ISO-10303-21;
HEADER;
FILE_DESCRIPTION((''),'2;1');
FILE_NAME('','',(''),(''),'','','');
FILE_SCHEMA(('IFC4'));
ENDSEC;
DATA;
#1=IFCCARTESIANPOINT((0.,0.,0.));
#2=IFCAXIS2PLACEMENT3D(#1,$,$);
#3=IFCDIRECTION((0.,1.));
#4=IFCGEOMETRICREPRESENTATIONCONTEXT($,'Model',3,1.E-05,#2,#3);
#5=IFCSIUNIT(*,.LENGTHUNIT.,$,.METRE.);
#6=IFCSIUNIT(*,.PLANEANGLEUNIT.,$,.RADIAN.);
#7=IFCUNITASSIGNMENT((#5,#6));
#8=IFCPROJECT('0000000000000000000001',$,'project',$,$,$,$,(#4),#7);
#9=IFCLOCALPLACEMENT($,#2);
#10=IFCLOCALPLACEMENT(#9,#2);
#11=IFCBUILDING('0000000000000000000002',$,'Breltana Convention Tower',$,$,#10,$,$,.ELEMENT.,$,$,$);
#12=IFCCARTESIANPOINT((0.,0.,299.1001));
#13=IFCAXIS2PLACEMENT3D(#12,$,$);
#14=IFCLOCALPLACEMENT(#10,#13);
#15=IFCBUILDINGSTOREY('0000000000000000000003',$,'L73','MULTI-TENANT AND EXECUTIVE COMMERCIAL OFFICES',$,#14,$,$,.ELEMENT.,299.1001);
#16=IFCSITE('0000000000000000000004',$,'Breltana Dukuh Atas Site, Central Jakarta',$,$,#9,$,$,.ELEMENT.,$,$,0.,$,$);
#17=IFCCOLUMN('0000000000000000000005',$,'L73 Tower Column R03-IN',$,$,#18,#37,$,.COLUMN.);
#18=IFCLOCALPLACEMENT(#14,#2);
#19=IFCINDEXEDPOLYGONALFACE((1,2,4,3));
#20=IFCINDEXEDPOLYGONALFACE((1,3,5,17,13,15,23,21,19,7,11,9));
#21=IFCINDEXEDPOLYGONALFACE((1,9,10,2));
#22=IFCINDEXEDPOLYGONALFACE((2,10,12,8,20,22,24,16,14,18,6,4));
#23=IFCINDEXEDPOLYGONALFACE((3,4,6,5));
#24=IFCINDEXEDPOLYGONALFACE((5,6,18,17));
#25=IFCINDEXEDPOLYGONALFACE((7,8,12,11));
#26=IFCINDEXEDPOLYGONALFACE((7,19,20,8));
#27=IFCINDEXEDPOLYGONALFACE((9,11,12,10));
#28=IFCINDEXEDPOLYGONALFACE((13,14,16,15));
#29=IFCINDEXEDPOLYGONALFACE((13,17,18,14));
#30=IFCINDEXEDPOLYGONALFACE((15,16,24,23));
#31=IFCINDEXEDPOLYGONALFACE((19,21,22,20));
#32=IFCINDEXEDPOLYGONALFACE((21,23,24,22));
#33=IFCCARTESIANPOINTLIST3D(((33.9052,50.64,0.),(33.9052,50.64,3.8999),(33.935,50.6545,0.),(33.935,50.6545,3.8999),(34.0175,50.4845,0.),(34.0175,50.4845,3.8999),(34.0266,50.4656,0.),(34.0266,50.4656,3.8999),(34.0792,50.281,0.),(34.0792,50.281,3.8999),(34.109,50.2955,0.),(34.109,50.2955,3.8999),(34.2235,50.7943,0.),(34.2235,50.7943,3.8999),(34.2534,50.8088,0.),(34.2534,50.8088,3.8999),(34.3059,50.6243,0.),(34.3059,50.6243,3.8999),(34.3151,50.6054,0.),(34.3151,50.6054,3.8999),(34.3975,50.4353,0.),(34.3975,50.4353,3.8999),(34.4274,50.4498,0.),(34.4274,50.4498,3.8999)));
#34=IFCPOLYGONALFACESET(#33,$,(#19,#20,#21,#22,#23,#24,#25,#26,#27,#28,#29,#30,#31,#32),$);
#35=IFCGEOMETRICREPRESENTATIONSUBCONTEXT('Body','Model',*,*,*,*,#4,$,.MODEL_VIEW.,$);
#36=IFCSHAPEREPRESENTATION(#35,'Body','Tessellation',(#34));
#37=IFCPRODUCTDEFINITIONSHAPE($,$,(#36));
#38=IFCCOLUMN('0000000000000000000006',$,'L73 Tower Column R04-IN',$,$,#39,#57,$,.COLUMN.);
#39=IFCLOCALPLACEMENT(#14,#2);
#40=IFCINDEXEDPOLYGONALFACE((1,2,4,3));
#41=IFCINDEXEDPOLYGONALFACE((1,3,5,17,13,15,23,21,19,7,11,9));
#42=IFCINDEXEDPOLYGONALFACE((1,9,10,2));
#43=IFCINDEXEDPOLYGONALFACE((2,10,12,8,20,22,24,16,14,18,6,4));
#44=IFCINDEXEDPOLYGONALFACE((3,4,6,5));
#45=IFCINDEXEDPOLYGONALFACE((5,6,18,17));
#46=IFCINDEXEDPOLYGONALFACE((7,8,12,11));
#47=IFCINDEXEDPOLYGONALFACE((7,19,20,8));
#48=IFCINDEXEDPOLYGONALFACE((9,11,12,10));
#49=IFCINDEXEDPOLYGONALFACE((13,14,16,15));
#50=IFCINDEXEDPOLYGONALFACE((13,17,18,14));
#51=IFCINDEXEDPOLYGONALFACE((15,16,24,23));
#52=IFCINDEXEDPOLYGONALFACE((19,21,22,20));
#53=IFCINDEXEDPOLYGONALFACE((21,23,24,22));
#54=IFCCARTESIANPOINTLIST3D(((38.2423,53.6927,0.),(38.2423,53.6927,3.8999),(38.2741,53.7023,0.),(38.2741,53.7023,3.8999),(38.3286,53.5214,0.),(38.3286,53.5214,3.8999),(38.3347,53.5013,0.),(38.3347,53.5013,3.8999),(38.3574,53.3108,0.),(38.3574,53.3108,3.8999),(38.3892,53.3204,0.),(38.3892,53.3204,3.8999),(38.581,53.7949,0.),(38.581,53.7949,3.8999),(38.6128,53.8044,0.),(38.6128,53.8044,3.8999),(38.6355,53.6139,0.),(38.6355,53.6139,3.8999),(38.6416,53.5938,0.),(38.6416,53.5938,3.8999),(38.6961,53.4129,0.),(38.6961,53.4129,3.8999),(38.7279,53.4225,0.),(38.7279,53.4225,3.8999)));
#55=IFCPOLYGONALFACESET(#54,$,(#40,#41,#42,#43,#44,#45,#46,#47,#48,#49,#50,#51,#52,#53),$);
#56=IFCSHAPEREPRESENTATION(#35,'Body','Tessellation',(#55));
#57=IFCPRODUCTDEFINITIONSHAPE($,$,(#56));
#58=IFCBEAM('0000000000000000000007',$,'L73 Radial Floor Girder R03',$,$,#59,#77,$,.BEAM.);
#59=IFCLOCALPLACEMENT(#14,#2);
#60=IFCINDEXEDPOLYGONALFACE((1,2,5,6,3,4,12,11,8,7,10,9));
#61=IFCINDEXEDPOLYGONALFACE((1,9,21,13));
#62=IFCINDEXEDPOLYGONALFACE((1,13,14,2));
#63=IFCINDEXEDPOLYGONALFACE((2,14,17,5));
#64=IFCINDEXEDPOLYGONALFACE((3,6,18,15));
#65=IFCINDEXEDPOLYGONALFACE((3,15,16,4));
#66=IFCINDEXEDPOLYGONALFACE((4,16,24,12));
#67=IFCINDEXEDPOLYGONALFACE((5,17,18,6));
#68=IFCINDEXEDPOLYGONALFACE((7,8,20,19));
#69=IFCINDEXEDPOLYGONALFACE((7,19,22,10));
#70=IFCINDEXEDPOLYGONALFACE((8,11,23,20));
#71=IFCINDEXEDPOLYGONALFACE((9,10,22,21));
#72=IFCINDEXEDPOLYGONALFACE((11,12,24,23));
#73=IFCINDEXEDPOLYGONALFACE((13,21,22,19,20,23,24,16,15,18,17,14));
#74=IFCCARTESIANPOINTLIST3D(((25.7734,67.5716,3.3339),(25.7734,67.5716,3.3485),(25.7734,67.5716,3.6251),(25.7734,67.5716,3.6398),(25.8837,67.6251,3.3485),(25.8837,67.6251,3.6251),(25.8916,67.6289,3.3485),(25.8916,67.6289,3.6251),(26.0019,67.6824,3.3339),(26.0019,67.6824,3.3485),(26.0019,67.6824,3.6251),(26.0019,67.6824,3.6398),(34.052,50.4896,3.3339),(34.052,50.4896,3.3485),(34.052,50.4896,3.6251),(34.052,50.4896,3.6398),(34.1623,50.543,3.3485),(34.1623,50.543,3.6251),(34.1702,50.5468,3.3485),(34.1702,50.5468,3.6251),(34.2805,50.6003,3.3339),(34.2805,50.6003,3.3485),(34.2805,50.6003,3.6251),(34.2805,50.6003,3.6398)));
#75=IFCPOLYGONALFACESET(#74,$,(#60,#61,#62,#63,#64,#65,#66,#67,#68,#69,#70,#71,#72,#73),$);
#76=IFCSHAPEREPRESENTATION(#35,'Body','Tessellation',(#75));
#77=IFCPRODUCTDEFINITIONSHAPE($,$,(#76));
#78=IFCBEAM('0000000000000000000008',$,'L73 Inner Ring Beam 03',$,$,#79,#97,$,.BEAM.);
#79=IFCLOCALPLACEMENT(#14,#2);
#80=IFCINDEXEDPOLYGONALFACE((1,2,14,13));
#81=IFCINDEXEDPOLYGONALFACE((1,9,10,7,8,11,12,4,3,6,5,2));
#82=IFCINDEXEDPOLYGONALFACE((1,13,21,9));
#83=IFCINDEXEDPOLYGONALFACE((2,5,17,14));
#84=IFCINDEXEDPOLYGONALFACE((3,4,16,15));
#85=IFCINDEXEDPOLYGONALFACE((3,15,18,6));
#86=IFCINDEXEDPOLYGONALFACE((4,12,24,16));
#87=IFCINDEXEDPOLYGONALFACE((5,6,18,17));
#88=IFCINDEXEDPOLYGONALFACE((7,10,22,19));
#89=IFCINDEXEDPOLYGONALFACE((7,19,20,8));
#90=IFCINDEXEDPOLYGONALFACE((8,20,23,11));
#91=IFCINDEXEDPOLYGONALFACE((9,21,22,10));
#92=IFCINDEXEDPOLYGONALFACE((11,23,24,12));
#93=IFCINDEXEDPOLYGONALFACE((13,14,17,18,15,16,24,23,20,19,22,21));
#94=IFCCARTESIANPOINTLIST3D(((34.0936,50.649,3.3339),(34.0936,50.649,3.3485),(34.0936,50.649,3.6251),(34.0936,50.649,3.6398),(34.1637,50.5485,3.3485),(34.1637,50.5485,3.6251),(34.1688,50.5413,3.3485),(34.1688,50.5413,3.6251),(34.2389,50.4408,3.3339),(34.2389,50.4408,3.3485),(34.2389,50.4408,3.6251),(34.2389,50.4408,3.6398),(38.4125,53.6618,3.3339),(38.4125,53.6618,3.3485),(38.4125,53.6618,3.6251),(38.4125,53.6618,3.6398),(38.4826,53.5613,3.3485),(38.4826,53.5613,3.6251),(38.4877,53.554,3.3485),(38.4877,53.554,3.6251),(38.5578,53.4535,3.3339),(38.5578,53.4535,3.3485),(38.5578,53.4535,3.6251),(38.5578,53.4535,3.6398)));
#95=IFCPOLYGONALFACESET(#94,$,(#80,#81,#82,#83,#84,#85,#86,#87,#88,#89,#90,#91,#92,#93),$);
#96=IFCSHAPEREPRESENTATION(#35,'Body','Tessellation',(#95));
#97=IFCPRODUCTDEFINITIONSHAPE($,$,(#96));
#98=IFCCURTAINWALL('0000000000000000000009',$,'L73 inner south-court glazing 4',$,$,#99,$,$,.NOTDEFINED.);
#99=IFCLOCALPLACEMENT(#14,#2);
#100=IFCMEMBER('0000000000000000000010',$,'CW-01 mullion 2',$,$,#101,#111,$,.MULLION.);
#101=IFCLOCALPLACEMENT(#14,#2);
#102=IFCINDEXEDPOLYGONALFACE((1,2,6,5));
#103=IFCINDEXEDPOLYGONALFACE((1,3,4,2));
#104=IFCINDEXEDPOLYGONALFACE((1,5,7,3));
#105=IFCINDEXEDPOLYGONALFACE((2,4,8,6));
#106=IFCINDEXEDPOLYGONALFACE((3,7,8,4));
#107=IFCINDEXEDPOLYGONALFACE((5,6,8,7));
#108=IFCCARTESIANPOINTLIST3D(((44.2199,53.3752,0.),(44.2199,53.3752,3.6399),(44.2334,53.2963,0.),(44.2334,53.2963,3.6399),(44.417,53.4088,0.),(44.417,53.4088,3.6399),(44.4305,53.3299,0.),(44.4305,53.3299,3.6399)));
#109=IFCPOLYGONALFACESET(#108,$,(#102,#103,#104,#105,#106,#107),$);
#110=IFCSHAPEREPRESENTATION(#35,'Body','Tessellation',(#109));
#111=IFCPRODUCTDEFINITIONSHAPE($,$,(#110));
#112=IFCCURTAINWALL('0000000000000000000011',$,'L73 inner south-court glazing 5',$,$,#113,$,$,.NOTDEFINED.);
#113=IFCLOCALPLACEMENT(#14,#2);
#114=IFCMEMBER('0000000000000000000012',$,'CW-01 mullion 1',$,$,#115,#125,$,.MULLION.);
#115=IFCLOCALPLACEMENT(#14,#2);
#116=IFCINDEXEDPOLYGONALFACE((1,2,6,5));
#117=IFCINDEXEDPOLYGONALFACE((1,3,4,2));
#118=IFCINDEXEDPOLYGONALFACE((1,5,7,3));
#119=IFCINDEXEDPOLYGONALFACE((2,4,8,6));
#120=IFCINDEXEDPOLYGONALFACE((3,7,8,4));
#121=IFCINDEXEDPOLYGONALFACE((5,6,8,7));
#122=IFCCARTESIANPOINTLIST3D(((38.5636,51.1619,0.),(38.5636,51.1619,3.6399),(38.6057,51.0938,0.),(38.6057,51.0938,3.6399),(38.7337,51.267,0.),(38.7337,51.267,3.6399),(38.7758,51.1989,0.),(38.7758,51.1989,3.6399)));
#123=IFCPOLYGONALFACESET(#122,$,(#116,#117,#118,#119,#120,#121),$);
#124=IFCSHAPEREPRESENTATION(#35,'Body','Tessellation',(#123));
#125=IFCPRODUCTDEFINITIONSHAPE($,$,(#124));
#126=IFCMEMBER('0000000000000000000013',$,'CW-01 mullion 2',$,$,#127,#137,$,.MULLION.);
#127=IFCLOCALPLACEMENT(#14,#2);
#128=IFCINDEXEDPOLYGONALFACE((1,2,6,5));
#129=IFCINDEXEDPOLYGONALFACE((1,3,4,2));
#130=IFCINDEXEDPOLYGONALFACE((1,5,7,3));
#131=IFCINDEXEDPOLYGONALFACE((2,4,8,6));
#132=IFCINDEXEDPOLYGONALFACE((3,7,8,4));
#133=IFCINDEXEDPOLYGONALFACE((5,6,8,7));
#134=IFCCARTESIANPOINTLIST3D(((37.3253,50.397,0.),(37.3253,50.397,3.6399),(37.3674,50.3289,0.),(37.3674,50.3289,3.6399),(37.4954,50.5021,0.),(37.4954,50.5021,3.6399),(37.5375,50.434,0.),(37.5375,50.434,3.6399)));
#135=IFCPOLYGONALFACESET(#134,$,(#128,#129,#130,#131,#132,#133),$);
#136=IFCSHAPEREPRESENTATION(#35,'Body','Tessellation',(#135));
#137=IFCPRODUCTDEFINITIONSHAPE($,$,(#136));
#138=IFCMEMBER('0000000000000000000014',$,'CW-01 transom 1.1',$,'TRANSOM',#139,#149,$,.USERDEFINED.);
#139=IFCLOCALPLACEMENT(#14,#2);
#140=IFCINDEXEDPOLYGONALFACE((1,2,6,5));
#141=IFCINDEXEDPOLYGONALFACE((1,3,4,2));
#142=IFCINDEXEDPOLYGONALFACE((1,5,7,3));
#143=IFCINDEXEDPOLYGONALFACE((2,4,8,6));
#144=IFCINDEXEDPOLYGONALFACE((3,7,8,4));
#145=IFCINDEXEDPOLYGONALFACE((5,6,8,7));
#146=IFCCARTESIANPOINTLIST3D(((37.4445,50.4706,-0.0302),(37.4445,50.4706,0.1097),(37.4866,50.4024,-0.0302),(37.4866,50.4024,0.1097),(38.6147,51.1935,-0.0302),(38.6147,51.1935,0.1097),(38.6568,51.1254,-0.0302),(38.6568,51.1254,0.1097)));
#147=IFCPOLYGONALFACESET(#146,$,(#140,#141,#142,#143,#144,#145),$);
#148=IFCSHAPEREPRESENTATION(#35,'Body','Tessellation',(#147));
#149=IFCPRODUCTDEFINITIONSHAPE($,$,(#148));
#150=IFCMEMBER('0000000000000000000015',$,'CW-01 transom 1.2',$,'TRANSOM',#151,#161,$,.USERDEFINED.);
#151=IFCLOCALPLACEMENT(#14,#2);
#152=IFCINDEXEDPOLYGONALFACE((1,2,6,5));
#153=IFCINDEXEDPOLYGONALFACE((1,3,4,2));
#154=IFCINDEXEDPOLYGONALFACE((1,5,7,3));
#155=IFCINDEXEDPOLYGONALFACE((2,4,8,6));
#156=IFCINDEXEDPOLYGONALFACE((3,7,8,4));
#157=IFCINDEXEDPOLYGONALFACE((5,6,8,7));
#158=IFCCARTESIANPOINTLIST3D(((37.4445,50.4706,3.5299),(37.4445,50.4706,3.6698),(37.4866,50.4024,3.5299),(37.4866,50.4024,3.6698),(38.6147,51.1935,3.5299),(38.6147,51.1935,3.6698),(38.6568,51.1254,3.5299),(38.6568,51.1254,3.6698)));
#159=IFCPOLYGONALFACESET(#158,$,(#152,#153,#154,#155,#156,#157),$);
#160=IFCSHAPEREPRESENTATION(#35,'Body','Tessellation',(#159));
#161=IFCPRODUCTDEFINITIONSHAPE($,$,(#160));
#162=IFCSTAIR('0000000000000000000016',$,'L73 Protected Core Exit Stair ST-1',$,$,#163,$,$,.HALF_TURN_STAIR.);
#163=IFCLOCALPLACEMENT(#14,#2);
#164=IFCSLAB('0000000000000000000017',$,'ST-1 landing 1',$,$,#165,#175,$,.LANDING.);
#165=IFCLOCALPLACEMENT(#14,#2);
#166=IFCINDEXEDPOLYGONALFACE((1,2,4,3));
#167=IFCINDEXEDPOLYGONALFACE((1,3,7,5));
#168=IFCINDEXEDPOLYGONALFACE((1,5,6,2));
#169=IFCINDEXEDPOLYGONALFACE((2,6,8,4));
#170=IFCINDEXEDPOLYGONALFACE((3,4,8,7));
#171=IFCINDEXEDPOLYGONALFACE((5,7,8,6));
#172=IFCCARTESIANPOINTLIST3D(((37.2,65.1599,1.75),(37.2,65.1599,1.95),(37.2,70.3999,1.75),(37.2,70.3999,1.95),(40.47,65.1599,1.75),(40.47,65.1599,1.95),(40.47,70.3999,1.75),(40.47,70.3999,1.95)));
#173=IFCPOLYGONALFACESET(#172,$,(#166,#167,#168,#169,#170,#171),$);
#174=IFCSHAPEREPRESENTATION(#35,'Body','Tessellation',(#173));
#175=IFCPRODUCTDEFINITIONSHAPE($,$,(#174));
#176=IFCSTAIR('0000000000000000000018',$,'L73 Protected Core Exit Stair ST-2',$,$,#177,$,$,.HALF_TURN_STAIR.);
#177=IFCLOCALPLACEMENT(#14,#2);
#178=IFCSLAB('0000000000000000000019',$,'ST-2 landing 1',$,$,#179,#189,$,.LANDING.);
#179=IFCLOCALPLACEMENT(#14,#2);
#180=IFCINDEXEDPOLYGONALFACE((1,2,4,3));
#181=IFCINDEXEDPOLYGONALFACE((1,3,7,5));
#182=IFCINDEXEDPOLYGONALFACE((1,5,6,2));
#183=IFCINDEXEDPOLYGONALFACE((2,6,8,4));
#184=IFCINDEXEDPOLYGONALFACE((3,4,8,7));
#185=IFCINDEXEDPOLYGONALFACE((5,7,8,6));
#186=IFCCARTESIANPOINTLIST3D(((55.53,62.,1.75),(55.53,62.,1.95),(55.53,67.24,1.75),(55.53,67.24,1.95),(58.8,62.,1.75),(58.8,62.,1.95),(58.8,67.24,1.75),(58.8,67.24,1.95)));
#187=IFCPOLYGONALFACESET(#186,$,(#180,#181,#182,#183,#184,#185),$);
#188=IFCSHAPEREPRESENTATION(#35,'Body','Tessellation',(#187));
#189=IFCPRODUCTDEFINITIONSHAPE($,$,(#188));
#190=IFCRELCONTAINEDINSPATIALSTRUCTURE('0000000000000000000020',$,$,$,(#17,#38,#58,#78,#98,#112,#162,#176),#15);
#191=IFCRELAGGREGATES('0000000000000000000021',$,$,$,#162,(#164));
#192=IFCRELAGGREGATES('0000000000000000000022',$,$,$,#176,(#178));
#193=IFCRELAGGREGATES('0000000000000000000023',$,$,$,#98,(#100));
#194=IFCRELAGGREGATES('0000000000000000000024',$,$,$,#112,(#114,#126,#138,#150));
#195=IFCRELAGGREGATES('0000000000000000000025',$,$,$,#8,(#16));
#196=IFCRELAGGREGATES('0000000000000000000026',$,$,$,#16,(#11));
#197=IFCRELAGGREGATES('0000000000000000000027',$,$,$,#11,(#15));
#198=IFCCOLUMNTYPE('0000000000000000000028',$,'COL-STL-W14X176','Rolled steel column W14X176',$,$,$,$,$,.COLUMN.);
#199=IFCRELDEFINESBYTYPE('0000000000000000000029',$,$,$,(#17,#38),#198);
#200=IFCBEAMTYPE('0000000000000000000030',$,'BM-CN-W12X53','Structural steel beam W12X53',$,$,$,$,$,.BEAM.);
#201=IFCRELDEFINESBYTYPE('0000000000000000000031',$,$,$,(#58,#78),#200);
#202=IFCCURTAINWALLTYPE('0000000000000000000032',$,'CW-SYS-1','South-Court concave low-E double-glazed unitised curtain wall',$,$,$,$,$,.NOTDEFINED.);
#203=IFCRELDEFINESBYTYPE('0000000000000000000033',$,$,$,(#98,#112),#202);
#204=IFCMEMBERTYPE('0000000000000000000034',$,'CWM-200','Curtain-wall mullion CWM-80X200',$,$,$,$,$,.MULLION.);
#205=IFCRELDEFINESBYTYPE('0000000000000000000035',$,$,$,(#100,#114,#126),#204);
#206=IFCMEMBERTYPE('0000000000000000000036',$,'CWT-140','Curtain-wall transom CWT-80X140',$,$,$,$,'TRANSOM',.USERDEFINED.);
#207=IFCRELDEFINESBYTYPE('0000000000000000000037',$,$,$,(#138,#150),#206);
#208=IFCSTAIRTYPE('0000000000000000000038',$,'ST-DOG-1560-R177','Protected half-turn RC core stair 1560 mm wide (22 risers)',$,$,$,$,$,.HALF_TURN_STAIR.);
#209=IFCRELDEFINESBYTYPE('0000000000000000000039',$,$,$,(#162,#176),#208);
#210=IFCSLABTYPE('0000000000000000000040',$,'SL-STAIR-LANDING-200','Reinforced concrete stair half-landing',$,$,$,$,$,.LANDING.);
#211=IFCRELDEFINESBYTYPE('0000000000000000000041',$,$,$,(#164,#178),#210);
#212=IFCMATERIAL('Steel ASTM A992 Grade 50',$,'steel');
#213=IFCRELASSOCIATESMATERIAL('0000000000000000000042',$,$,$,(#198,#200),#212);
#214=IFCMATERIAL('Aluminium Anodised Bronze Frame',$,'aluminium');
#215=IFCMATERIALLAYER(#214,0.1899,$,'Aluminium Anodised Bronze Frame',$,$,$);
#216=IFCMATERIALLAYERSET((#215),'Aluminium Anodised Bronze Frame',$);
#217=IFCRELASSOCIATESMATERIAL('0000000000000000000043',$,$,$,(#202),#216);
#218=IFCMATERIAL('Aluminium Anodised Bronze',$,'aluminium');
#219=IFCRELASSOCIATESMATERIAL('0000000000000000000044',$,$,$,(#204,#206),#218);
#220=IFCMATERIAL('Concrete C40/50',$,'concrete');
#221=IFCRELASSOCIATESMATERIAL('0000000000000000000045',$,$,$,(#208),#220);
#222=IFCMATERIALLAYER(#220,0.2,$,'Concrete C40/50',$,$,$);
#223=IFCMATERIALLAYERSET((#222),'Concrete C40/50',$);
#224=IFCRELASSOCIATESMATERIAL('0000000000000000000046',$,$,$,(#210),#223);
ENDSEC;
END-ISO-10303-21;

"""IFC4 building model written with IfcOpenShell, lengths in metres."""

from ifc_helpers import new_model, si_unit, direction, frame, origin, origin_2d, place, context, subcontext, project, spatial, polyline, rectangle, i_section, outline, extrude, source, transform, mapped, material, layer, layer_set, material_profile, profile_set, type_object, type_shapes, element, aggregate, save


model = new_model("IFC4")

# Units and contexts
model_context = context("Model", 3, precision=1e-05, world=origin(), true_north=direction((0.0, 1.0)))
body_context = subcontext(model_context, "Body", "Model", "MODEL_VIEW")
ifc_project = project(units=[si_unit("LENGTHUNIT", "METRE"), si_unit("PLANEANGLEUNIT", "RADIAN")], contexts=[model_context])

# Site, building, storey
site_placement = place(None, origin())
site = spatial("IfcSite", under=ifc_project, at=site_placement, Name="Breltana Dukuh Atas Site, Central Jakarta", CompositionType="ELEMENT", RefElevation=0.0)
building_placement = place(site_placement, origin())
building = spatial("IfcBuilding", under=site, at=building_placement, Name="Breltana Convention Tower", CompositionType="ELEMENT")
storey_placement = place(building_placement, frame((0.0, 0.0, 299.1001)))
storey = spatial("IfcBuildingStorey", under=building, at=storey_placement, Name="L73", Description="MULTI-TENANT AND EXECUTIVE COMMERCIAL OFFICES", CompositionType="ELEMENT", Elevation=299.1001)

# Columns
ifc_material_1 = material(Name="Steel ASTM A992 Grade 50", Category="steel")
ifc_material_profile_1 = material_profile(ifc_material_1, i_section(OverallWidth=0.3989, OverallDepth=0.387, WebThickness=0.021, FlangeThickness=0.0332, at=origin_2d()), Name="W14X176")
ifc_profile_set_1 = profile_set([ifc_material_profile_1], Name="Steel ASTM A992 Grade 50")
column_type = type_object("IfcColumnType", Name="COL-STL-W14X176", Description="Rolled steel column W14X176", PredefinedType="COLUMN", material=ifc_profile_set_1)
shared_shape_1 = source(origin(), body_context, "Body", "SweptSolid", [
    extrude(i_section(OverallWidth=0.3989, OverallDepth=0.387, WebThickness=0.021, FlangeThickness=0.0332, at=origin_2d()), origin(), (0.0, 0.0, 1.0), 3.8999),
])
type_shapes(column_type, [shared_shape_1])
for number, where, z_axis, x_axis, name in (
    (1, (34.1663, 50.5449, 0.0), (0.0, 0.0, 1.0), (-0.436174, 0.899863, 0.0), "L73 Tower Column R03-IN"),
    (2, (38.4851, 53.5576, 0.0), (0.0, 0.0, 1.0), (-0.288698, 0.95742, 0.0), "L73 Tower Column R04-IN"),
):
    element("IfcColumn", number, at=place(storey_placement, frame(where, z_axis=z_axis, x_axis=x_axis)), inside=storey, type_object=column_type, Name=name, PredefinedType="COLUMN", context=body_context, shape_type="MappedRepresentation", body=[
        mapped(shared_shape_1, transform((0.0, 0.0, 0.0), scale=1.0)),
    ])

# Beams
ifc_material_profile_2 = material_profile(ifc_material_1, i_section(OverallWidth=0.2539, OverallDepth=0.3059, WebThickness=0.0088, FlangeThickness=0.0146, at=origin_2d()), Name="W12X53")
ifc_profile_set_2 = profile_set([ifc_material_profile_2], Name="Steel ASTM A992 Grade 50")
beam_type = type_object("IfcBeamType", Name="BM-CN-W12X53", Description="Structural steel beam W12X53", PredefinedType="BEAM", material=ifc_profile_set_2)
shared_shape_2 = source(origin(), body_context, "Body", "SweptSolid", [
    extrude(i_section(OverallWidth=0.2539, OverallDepth=0.3059, WebThickness=0.0088, FlangeThickness=0.0146, at=origin_2d()), origin(), (0.0, 0.0, 1.0), 18.9824),
])
beam_1_placement = place(storey_placement, frame((34.1663, 50.5449, 3.4868), z_axis=(-0.436119, 0.899889, 0.0), x_axis=(-0.899889, -0.436119, 0.0)))
element("IfcBeam", 3, at=beam_1_placement, inside=storey, type_object=beam_type, Name="L73 Radial Floor Girder R03", PredefinedType="BEAM", context=body_context, shape_type="MappedRepresentation", body=[
    mapped(shared_shape_2, transform((0.0, 0.0, 0.0), scale=1.0)),
])
shared_shape_3 = source(origin(), body_context, "Body", "SweptSolid", [
    extrude(i_section(OverallWidth=0.2539, OverallDepth=0.3059, WebThickness=0.0088, FlangeThickness=0.0146, at=origin_2d()), origin(), (0.0, 0.0, 1.0), 5.2659),
])
beam_2_placement = place(storey_placement, frame((34.1663, 50.5449, 3.4868), z_axis=(0.820167, 0.572124, 0.0), x_axis=(-0.572124, 0.820167, 0.0)))
element("IfcBeam", 4, at=beam_2_placement, inside=storey, type_object=beam_type, Name="L73 Inner Ring Beam 03", PredefinedType="BEAM", context=body_context, shape_type="MappedRepresentation", body=[
    mapped(shared_shape_3, transform((0.0, 0.0, 0.0), scale=1.0)),
])

# Curtain wall, member
ifc_material_2 = material(Name="Aluminium Anodised Bronze Frame", Category="aluminium")
ifc_layer_1 = layer(ifc_material_2, 0.1899, Name="Aluminium Anodised Bronze Frame")
ifc_layer_set_1 = layer_set([ifc_layer_1], Name="Aluminium Anodised Bronze Frame")
curtain_wall_type = type_object("IfcCurtainWallType", Name="CW-SYS-1", Description="South-Court concave low-E double-glazed unitised curtain wall", PredefinedType="NOTDEFINED", material=ifc_layer_set_1)
curtain_wall_1_placement = place(storey_placement, origin())
curtain_wall_1 = element("IfcCurtainWall", 5, at=curtain_wall_1_placement, inside=storey, type_object=curtain_wall_type, Name="L73 inner south-court glazing 4", PredefinedType="NOTDEFINED")
ifc_material_3 = material(Name="Aluminium Anodised Bronze", Category="aluminium")
ifc_material_profile_3 = material_profile(ifc_material_3, rectangle(XDim=0.0801, YDim=0.2, at=origin_2d()), Name="CWM-80X200")
ifc_profile_set_3 = profile_set([ifc_material_profile_3], Name="Aluminium Anodised Bronze")
member_type_1 = type_object("IfcMemberType", Name="CWM-200", Description="Curtain-wall mullion CWM-80X200", PredefinedType="MULLION", material=ifc_profile_set_3)
shared_shape_4 = source(origin(), body_context, "Body", "SweptSolid", [
    extrude(rectangle(XDim=0.0801, YDim=0.2, at=origin_2d()), origin(), (0.0, 0.0, 1.0), 3.6399),
])
member_1_placement = place(storey_placement, frame((44.3252, 53.3525, 0.0), z_axis=(0.0, 0.0, 1.0), x_axis=(0.168028, -0.985782, 0.0)))
member_1 = element("IfcMember", 6, at=member_1_placement, type_object=member_type_1, Name="CW-01 mullion 2", PredefinedType="MULLION", context=body_context, shape_type="MappedRepresentation", body=[
    mapped(shared_shape_4, transform((0.0, 0.0, 0.0), scale=1.0)),
])

# Curtain wall, members
curtain_wall_2_placement = place(storey_placement, origin())
curtain_wall_2 = element("IfcCurtainWall", 7, at=curtain_wall_2_placement, inside=storey, type_object=curtain_wall_type, Name="L73 inner south-court glazing 5", PredefinedType="NOTDEFINED")
member_2_placement = place(storey_placement, frame((38.6697, 51.1804, 0.0), z_axis=(0.0, 0.0, 1.0), x_axis=(0.525572, -0.850749, 0.0)))
member_2 = element("IfcMember", 8, at=member_2_placement, type_object=member_type_1, Name="CW-01 mullion 1", PredefinedType="MULLION", context=body_context, shape_type="MappedRepresentation", body=[
    mapped(shared_shape_4, transform((0.0, 0.0, 0.0), scale=1.0)),
])
member_3_placement = place(storey_placement, frame((37.4314, 50.4155, 0.0), z_axis=(0.0, 0.0, 1.0), x_axis=(0.525572, -0.850749, 0.0)))
member_3 = element("IfcMember", 9, at=member_3_placement, type_object=member_type_1, Name="CW-01 mullion 2", PredefinedType="MULLION", context=body_context, shape_type="MappedRepresentation", body=[
    mapped(shared_shape_4, transform((0.0, 0.0, 0.0), scale=1.0)),
])
ifc_material_profile_4 = material_profile(ifc_material_3, rectangle(XDim=0.0801, YDim=0.1399, at=origin_2d()), Name="CWT-80X140")
ifc_profile_set_4 = profile_set([ifc_material_profile_4], Name="Aluminium Anodised Bronze")
member_type_2 = type_object("IfcMemberType", Name="CWT-140", Description="Curtain-wall transom CWT-80X140", ElementType="TRANSOM", PredefinedType="USERDEFINED", material=ifc_profile_set_4)
shared_shape_5 = source(origin(), body_context, "Body", "SweptSolid", [
    extrude(rectangle(XDim=0.0801, YDim=0.1399, at=origin_2d()), origin(), (0.0, 0.0, 1.0), 1.3755),
])
member_4_placement = place(storey_placement, frame((38.6357, 51.1594, 0.0398), z_axis=(-0.850749, -0.525572, 0.0), x_axis=(0.525572, -0.850749, 0.0)))
member_4 = element("IfcMember", 10, at=member_4_placement, type_object=member_type_2, Name="CW-01 transom 1.1", ObjectType="TRANSOM", PredefinedType="USERDEFINED", context=body_context, shape_type="MappedRepresentation", body=[
    mapped(shared_shape_5, transform((0.0, 0.0, 0.0), scale=1.0)),
])
member_5_placement = place(storey_placement, frame((38.6357, 51.1594, 3.5999), z_axis=(-0.850749, -0.525572, 0.0), x_axis=(0.525572, -0.850749, 0.0)))
member_5 = element("IfcMember", 11, at=member_5_placement, type_object=member_type_2, Name="CW-01 transom 1.2", ObjectType="TRANSOM", PredefinedType="USERDEFINED", context=body_context, shape_type="MappedRepresentation", body=[
    mapped(shared_shape_5, transform((0.0, 0.0, 0.0), scale=1.0)),
])

# Stairs, slabs
ifc_material_4 = material(Name="Concrete C40/50", Category="concrete")
stair_type = type_object("IfcStairType", Name="ST-DOG-1560-R177", Description="Protected half-turn RC core stair 1560 mm wide (22 risers)", PredefinedType="HALF_TURN_STAIR", material=ifc_material_4)
stair_1_placement = place(storey_placement, origin())
stair_1 = element("IfcStair", 12, at=stair_1_placement, inside=storey, type_object=stair_type, Name="L73 Protected Core Exit Stair ST-1", PredefinedType="HALF_TURN_STAIR")
ifc_layer_2 = layer(ifc_material_4, 0.2, Name="Concrete C40/50")
ifc_layer_set_2 = layer_set([ifc_layer_2], Name="Concrete C40/50")
slab_type_1 = type_object("IfcSlabType", Name="SL-STAIR-LANDING-200", Description="Reinforced concrete stair half-landing", PredefinedType="LANDING", material=ifc_layer_set_2)
slab_1_placement = place(storey_placement, frame((0.0, 0.0, 1.75)))
slab_1 = element("IfcSlab", 13, at=slab_1_placement, type_object=slab_type_1, Name="ST-1 landing 1", PredefinedType="LANDING", context=body_context, shape_type="SweptSolid", body=[
    extrude(outline(polyline([(40.47, 65.1599), (40.47, 70.3999), (37.2, 70.3999), (37.2, 65.1599), (40.47, 65.1599)])), origin(), (0.0, 0.0, 1.0), 0.2),
])
aggregate(stair_1, [slab_1])
stair_2_placement = place(storey_placement, origin())
stair_2 = element("IfcStair", 14, at=stair_2_placement, inside=storey, type_object=stair_type, Name="L73 Protected Core Exit Stair ST-2", PredefinedType="HALF_TURN_STAIR")
slab_2_placement = place(storey_placement, frame((0.0, 0.0, 1.75)))
slab_2 = element("IfcSlab", 15, at=slab_2_placement, type_object=slab_type_1, Name="ST-2 landing 1", PredefinedType="LANDING", context=body_context, shape_type="SweptSolid", body=[
    extrude(outline(polyline([(55.53, 67.24), (55.53, 62.0), (58.8, 62.0), (58.8, 67.24), (55.53, 67.24)])), origin(), (0.0, 0.0, 1.0), 0.2),
])
aggregate(stair_2, [slab_2])

aggregate(curtain_wall_1, [member_1])
aggregate(curtain_wall_2, [member_2, member_3, member_4, member_5])

save(model, "model.ifc")
